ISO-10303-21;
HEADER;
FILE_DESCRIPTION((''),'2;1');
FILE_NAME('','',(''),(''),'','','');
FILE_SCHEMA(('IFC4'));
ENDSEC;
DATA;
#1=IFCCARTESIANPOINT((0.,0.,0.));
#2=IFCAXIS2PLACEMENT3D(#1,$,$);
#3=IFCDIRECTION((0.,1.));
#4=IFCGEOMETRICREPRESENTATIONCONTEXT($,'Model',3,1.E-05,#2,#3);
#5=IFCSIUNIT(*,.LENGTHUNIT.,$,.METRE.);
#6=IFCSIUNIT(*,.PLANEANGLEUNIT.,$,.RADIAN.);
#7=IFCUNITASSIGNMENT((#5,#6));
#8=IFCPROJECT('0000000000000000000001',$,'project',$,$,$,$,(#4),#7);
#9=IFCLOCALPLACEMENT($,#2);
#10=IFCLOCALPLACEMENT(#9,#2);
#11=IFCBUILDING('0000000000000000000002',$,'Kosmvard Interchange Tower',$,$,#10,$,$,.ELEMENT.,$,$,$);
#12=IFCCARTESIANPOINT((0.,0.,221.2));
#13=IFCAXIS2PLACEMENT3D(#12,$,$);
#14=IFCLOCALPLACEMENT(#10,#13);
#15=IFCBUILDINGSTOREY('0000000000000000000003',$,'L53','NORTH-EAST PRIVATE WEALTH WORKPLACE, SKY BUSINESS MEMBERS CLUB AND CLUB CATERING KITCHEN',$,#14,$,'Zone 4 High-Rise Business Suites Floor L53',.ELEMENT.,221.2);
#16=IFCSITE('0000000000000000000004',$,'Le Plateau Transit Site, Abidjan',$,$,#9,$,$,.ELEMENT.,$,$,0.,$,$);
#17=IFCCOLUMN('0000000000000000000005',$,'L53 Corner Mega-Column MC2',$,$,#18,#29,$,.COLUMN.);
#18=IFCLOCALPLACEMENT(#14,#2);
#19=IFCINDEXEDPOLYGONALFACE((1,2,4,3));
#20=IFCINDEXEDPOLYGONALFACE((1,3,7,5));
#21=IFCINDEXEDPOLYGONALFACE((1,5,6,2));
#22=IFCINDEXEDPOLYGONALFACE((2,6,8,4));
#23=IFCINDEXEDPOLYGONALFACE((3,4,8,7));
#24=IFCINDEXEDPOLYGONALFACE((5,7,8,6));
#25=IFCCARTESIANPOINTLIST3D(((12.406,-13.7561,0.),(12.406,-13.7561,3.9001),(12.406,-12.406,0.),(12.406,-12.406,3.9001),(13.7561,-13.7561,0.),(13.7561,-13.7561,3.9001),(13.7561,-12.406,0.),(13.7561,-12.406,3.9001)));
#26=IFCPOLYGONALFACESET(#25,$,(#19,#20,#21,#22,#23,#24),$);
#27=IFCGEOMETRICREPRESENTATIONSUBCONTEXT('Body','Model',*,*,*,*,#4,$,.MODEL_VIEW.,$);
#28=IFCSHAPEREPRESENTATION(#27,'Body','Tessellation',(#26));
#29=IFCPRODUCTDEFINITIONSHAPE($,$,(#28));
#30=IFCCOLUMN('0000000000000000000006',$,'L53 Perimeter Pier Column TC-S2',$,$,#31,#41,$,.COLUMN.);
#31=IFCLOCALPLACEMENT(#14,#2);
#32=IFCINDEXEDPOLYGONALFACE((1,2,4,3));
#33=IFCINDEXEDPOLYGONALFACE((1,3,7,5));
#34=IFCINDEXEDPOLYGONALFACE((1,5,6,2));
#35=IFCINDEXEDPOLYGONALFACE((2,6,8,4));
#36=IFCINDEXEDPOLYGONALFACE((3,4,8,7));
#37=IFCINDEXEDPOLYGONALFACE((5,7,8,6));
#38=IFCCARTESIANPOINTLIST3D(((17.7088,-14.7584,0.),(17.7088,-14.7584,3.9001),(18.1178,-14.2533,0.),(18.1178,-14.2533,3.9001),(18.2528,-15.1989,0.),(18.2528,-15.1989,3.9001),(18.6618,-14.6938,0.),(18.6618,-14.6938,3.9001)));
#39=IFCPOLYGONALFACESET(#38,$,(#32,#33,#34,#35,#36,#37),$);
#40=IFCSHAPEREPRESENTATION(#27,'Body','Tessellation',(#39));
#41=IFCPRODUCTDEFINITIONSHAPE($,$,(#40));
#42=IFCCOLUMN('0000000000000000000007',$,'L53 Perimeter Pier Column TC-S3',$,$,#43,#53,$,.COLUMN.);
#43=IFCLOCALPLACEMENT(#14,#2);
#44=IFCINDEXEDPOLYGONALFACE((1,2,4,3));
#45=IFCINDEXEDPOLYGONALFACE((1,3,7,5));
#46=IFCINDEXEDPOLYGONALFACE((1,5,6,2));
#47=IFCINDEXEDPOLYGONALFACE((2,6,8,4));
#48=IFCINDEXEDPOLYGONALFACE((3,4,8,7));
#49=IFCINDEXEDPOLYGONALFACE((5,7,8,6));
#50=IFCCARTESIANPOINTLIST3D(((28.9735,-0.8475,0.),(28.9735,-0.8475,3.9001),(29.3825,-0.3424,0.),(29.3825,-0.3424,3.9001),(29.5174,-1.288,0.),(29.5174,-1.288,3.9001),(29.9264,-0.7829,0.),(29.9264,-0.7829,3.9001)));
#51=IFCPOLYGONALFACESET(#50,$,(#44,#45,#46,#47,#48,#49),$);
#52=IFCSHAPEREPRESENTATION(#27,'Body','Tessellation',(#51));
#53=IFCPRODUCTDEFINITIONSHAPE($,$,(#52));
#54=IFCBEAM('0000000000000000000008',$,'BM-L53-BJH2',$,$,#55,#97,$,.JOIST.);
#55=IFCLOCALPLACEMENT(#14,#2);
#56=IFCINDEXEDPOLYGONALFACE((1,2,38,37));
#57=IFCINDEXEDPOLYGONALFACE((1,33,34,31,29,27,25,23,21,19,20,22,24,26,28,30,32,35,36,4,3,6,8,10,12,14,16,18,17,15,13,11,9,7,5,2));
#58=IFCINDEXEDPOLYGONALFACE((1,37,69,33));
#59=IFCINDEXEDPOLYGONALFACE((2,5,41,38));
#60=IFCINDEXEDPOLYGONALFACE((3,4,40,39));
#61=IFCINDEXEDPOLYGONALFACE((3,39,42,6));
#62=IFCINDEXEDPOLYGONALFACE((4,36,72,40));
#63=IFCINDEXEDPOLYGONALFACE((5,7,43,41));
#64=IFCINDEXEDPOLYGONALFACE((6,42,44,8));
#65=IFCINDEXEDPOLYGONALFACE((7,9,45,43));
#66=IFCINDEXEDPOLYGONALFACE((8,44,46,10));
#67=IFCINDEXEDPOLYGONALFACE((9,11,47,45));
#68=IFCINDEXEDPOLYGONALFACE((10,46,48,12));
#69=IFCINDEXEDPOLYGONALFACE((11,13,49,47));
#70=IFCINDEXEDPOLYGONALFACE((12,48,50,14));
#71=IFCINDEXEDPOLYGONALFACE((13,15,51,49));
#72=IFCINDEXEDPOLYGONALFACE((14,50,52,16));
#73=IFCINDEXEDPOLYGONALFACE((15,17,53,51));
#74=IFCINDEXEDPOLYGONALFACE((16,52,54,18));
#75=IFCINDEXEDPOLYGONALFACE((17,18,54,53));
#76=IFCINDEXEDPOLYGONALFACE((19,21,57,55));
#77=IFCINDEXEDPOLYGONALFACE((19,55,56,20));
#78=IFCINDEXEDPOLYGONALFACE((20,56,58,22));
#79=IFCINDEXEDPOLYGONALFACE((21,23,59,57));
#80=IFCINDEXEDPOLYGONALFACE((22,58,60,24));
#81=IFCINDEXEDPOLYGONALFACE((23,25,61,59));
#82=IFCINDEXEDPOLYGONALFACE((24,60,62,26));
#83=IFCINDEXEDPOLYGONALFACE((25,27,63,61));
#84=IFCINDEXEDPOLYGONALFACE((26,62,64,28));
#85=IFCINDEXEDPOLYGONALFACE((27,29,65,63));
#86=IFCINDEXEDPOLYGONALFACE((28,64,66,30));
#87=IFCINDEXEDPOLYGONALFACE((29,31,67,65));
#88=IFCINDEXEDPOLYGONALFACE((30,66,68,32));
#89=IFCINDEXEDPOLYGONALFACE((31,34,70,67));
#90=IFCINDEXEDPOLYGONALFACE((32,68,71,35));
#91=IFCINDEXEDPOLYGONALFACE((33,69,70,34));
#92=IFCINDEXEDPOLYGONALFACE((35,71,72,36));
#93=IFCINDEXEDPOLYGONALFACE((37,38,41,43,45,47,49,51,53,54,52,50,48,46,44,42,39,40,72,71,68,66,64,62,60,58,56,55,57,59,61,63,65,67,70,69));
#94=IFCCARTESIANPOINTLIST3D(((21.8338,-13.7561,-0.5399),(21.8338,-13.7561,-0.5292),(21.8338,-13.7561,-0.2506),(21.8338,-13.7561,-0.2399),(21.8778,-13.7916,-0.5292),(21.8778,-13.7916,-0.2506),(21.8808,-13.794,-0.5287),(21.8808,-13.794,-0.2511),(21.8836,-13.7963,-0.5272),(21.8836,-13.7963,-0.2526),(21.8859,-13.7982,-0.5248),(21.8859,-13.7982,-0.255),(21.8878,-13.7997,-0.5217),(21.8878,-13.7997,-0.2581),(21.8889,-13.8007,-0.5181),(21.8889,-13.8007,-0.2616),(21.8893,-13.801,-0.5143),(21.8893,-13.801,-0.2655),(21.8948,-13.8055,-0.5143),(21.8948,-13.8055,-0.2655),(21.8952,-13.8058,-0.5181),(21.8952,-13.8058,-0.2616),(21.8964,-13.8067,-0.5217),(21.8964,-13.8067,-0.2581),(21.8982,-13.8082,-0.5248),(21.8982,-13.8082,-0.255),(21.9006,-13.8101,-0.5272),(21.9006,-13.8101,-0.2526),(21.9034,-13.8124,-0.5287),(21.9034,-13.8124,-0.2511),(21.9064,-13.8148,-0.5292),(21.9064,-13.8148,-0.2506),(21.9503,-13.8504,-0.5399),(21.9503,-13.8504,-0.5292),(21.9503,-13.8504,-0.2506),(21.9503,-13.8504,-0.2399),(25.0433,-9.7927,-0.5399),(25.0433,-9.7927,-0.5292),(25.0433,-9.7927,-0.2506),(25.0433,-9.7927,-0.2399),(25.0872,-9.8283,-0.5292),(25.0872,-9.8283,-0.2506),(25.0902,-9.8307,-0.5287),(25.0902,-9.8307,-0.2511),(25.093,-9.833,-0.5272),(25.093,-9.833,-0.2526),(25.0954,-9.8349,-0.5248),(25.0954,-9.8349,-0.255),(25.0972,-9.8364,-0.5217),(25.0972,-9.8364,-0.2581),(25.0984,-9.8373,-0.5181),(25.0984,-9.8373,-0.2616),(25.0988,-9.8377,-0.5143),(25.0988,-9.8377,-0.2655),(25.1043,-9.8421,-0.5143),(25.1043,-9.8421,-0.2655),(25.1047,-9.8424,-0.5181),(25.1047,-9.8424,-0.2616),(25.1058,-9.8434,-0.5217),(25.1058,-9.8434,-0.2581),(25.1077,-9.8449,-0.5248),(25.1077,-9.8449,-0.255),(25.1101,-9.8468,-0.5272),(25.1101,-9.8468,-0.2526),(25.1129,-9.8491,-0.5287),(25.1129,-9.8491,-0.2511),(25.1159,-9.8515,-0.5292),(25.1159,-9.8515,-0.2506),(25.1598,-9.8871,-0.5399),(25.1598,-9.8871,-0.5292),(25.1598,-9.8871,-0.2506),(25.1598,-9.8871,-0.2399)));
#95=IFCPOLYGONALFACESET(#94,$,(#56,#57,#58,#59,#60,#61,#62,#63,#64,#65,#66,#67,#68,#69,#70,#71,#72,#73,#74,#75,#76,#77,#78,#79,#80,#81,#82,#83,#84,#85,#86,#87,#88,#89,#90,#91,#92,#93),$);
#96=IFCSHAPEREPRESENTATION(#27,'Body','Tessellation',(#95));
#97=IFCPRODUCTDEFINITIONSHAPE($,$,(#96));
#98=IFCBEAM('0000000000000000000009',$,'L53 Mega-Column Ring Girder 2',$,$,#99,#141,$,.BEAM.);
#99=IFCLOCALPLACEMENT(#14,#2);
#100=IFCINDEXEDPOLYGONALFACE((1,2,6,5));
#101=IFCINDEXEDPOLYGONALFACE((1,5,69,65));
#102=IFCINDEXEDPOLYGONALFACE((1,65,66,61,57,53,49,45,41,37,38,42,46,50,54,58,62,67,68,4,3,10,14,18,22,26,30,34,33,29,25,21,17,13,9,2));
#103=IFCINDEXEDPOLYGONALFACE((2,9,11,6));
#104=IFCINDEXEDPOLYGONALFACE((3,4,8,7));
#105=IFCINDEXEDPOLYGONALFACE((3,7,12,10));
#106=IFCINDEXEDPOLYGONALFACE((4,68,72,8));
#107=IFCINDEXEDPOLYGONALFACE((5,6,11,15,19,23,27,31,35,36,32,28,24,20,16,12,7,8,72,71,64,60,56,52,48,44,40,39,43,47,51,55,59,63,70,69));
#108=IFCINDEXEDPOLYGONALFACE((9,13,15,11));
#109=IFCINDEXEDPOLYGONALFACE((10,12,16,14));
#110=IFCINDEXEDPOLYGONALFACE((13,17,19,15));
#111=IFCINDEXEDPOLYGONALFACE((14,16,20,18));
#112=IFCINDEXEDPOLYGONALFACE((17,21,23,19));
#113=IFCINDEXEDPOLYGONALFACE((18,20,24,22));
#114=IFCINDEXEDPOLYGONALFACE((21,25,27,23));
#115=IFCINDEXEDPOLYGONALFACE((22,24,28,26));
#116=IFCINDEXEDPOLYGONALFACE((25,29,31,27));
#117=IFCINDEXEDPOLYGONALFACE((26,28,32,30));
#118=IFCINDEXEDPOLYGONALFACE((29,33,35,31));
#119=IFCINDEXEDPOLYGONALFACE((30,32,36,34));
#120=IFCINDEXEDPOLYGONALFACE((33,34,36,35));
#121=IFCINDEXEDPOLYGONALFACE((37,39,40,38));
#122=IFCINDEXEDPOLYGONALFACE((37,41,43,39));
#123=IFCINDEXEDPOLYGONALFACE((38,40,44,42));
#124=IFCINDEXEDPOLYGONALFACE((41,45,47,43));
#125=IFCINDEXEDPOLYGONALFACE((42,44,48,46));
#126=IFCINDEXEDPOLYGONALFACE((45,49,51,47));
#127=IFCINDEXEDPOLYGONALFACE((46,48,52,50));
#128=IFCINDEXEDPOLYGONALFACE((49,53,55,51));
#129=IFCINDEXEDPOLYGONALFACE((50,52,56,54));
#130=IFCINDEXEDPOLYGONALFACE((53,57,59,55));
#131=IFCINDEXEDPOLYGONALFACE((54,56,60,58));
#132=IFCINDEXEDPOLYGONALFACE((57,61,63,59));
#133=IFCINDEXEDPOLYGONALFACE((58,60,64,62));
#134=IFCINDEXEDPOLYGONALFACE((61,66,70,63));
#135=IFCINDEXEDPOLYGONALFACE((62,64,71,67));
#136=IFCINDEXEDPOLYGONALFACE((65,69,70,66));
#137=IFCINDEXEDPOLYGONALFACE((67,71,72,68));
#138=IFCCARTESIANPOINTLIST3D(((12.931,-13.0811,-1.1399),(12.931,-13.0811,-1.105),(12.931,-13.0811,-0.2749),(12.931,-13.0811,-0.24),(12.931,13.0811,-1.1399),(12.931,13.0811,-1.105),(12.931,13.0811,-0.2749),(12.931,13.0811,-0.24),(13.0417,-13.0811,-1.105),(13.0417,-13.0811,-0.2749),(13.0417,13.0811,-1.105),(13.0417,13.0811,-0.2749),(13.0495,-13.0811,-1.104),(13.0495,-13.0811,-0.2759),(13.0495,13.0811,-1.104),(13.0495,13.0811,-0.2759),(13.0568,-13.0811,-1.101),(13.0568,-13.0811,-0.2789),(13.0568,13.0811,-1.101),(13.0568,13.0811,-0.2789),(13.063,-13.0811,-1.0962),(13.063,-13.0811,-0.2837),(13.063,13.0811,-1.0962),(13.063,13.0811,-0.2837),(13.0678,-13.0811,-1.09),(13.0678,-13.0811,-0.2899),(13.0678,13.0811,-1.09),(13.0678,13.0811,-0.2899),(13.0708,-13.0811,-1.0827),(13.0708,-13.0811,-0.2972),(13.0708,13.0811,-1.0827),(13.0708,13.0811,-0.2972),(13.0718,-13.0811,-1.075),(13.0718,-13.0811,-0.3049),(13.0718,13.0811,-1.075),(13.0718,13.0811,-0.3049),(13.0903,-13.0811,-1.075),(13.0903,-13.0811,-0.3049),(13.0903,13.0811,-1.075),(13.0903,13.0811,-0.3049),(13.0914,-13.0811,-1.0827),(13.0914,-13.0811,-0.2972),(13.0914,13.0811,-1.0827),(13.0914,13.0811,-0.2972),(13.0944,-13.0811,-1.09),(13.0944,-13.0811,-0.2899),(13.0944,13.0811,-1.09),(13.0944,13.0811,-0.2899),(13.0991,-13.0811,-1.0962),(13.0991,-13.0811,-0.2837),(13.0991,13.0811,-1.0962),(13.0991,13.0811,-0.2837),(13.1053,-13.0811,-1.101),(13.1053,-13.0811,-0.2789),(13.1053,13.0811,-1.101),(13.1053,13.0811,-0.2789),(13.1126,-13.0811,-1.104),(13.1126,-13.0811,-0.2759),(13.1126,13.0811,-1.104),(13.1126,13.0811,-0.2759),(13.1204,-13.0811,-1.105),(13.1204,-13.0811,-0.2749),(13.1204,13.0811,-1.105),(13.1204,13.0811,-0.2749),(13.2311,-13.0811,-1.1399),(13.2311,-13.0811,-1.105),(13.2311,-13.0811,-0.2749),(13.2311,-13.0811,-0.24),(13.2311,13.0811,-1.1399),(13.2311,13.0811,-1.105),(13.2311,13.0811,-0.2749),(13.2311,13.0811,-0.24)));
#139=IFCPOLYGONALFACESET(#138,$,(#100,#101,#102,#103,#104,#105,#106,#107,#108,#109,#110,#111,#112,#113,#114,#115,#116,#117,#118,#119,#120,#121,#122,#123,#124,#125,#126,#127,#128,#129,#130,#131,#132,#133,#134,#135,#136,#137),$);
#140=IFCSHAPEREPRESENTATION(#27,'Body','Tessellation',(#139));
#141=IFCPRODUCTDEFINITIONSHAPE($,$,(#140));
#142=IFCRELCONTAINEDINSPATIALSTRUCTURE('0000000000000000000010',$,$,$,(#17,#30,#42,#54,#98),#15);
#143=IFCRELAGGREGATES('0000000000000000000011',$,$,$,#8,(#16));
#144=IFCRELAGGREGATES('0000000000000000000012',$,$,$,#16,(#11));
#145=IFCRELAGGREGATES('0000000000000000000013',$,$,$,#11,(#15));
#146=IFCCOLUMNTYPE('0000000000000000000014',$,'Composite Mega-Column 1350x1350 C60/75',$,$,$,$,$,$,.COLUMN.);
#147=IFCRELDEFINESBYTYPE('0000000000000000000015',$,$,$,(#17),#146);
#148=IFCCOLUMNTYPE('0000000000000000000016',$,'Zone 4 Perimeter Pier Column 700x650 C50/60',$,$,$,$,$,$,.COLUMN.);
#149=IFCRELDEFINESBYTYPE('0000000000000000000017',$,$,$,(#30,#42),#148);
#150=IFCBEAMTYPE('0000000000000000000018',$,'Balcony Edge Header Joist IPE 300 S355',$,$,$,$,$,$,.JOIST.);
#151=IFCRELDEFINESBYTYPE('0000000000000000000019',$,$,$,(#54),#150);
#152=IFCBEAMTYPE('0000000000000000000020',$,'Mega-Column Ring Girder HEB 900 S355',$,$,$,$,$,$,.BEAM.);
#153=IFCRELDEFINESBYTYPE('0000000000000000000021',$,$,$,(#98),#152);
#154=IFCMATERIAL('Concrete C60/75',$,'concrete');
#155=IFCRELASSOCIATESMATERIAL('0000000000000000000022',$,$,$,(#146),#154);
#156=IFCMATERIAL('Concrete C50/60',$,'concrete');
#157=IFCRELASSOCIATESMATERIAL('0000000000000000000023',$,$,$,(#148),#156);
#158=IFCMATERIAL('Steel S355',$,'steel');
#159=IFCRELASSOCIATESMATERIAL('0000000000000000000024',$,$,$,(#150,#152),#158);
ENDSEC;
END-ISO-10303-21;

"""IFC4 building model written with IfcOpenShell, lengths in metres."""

from ifc_helpers import new_model, si_unit, direction, frame, origin, origin_2d, place, context, subcontext, project, spatial, rectangle, i_section, extrude, source, transform, mapped, material, material_profile, profile_set, type_object, element, save


model = new_model("IFC4")

# Units and contexts
model_context = context("Model", 3, precision=1e-05, world=origin(), true_north=direction((0.0, 1.0)))
body_context = subcontext(model_context, "Body", "Model", "MODEL_VIEW")
ifc_project = project(units=[si_unit("LENGTHUNIT", "METRE"), si_unit("PLANEANGLEUNIT", "RADIAN")], contexts=[model_context])

# Site, building, storey
site_placement = place(None, origin())
site = spatial("IfcSite", under=ifc_project, at=site_placement, Name="Le Plateau Transit Site, Abidjan", CompositionType="ELEMENT", RefElevation=0.0)
building_placement = place(site_placement, origin())
building = spatial("IfcBuilding", under=site, at=building_placement, Name="Kosmvard Interchange Tower", CompositionType="ELEMENT")
storey_placement = place(building_placement, frame((0.0, 0.0, 221.2)))
storey = spatial("IfcBuildingStorey", under=building, at=storey_placement, Name="L53", Description="NORTH-EAST PRIVATE WEALTH WORKPLACE, SKY BUSINESS MEMBERS CLUB AND CLUB CATERING KITCHEN", LongName="Zone 4 High-Rise Business Suites Floor L53", CompositionType="ELEMENT", Elevation=221.2)

# Columns
ifc_material_1 = material(Name="Concrete C60/75", Category="concrete")
ifc_material_profile_1 = material_profile(ifc_material_1, rectangle(XDim=1.3501, YDim=1.3501, at=origin_2d()), Name="MC 1350x1350")
ifc_profile_set_1 = profile_set([ifc_material_profile_1], Name="Concrete C60/75")
column_type_1 = type_object("IfcColumnType", Name="Composite Mega-Column 1350x1350 C60/75", PredefinedType="COLUMN", material=ifc_profile_set_1)
shared_shape_1 = source(origin(), body_context, "Body", "SweptSolid", [
    extrude(rectangle(XDim=1.3501, YDim=1.3501, at=origin_2d()), origin(), (0.0, 0.0, 1.0), 3.9001),
])
column_placement = place(storey_placement, frame((13.0811, -13.0811, 0.0), z_axis=(0.0, 0.0, 1.0), x_axis=(1.0, 0.0, 0.0)))
element("IfcColumn", 1, at=column_placement, inside=storey, type_object=column_type_1, Name="L53 Corner Mega-Column MC2", PredefinedType="COLUMN", context=body_context, shape_type="MappedRepresentation", body=[
    mapped(shared_shape_1, transform((0.0, 0.0, 0.0), scale=1.0)),
])
ifc_material_2 = material(Name="Concrete C50/60", Category="concrete")
ifc_material_profile_2 = material_profile(ifc_material_2, rectangle(XDim=0.6499, YDim=0.7, at=origin_2d()), Name="TC 700x650")
ifc_profile_set_2 = profile_set([ifc_material_profile_2], Name="Concrete C50/60")
column_type_2 = type_object("IfcColumnType", Name="Zone 4 Perimeter Pier Column 700x650 C50/60", PredefinedType="COLUMN", material=ifc_profile_set_2)
shared_shape_2 = source(origin(), body_context, "Body", "SweptSolid", [
    extrude(rectangle(XDim=0.6499, YDim=0.7, at=origin_2d()), origin(), (0.0, 0.0, 1.0), 3.9001),
])
for number, where, z_axis, x_axis, name in (
    (2, (18.1853, -14.7261, 0.0), (0.0, 0.0, 1.0), (0.62932, 0.777146, 0.0), "L53 Perimeter Pier Column TC-S2"),
    (3, (29.45, -0.8152, 0.0), (0.0, 0.0, 1.0), (0.62932, 0.777146, 0.0), "L53 Perimeter Pier Column TC-S3"),
):
    element("IfcColumn", number, at=place(storey_placement, frame(where, z_axis=z_axis, x_axis=x_axis)), inside=storey, type_object=column_type_2, Name=name, PredefinedType="COLUMN", context=body_context, shape_type="MappedRepresentation", body=[
        mapped(shared_shape_2, transform((0.0, 0.0, 0.0), scale=1.0)),
    ])

# Beams
ifc_material_3 = material(Name="Steel S355", Category="steel")
ifc_material_profile_3 = material_profile(ifc_material_3, i_section(OverallWidth=0.1499, OverallDepth=0.3, WebThickness=0.0071, FlangeThickness=0.0107, FilletRadius=0.0149, at=origin_2d()), Name="IPE 300")
ifc_profile_set_3 = profile_set([ifc_material_profile_3], Name="Steel S355")
beam_type_1 = type_object("IfcBeamType", Name="Balcony Edge Header Joist IPE 300 S355", PredefinedType="JOIST", material=ifc_profile_set_3)
shared_shape_3 = source(origin(), body_context, "Body", "SweptSolid", [
    extrude(i_section(OverallWidth=0.1499, OverallDepth=0.3, WebThickness=0.0071, FlangeThickness=0.0107, FilletRadius=0.0149, at=origin_2d()), origin(), (0.0, 0.0, 1.0), 5.0999),
])
beam_1_placement = place(storey_placement, frame((21.8921, -13.8032, -0.3899), z_axis=(0.629319, 0.777147, 0.0), x_axis=(-0.777147, 0.629319, 0.0)))
element("IfcBeam", 4, at=beam_1_placement, inside=storey, type_object=beam_type_1, Name="BM-L53-BJH2", PredefinedType="JOIST", context=body_context, shape_type="MappedRepresentation", body=[
    mapped(shared_shape_3, transform((0.0, 0.0, 0.0), scale=1.0)),
])
ifc_material_profile_4 = material_profile(ifc_material_3, i_section(OverallWidth=0.3, OverallDepth=0.8999, WebThickness=0.0186, FlangeThickness=0.0349, FilletRadius=0.03, at=origin_2d()), Name="HEB 900")
ifc_profile_set_4 = profile_set([ifc_material_profile_4], Name="Steel S355")
beam_type_2 = type_object("IfcBeamType", Name="Mega-Column Ring Girder HEB 900 S355", PredefinedType="BEAM", material=ifc_profile_set_4)
shared_shape_4 = source(origin(), body_context, "Body", "SweptSolid", [
    extrude(i_section(OverallWidth=0.3, OverallDepth=0.8999, WebThickness=0.0186, FlangeThickness=0.0349, FilletRadius=0.03, at=origin_2d()), origin(), (0.0, 0.0, 1.0), 26.1621),
])
beam_2_placement = place(storey_placement, frame((13.0811, -13.0811, -0.6899), z_axis=(0.0, 1.0, 0.0), x_axis=(-1.0, 0.0, 0.0)))
element("IfcBeam", 5, at=beam_2_placement, inside=storey, type_object=beam_type_2, Name="L53 Mega-Column Ring Girder 2", PredefinedType="BEAM", context=body_context, shape_type="MappedRepresentation", body=[
    mapped(shared_shape_4, transform((0.0, 0.0, 0.0), scale=1.0)),
])

save(model, "model.ifc")
